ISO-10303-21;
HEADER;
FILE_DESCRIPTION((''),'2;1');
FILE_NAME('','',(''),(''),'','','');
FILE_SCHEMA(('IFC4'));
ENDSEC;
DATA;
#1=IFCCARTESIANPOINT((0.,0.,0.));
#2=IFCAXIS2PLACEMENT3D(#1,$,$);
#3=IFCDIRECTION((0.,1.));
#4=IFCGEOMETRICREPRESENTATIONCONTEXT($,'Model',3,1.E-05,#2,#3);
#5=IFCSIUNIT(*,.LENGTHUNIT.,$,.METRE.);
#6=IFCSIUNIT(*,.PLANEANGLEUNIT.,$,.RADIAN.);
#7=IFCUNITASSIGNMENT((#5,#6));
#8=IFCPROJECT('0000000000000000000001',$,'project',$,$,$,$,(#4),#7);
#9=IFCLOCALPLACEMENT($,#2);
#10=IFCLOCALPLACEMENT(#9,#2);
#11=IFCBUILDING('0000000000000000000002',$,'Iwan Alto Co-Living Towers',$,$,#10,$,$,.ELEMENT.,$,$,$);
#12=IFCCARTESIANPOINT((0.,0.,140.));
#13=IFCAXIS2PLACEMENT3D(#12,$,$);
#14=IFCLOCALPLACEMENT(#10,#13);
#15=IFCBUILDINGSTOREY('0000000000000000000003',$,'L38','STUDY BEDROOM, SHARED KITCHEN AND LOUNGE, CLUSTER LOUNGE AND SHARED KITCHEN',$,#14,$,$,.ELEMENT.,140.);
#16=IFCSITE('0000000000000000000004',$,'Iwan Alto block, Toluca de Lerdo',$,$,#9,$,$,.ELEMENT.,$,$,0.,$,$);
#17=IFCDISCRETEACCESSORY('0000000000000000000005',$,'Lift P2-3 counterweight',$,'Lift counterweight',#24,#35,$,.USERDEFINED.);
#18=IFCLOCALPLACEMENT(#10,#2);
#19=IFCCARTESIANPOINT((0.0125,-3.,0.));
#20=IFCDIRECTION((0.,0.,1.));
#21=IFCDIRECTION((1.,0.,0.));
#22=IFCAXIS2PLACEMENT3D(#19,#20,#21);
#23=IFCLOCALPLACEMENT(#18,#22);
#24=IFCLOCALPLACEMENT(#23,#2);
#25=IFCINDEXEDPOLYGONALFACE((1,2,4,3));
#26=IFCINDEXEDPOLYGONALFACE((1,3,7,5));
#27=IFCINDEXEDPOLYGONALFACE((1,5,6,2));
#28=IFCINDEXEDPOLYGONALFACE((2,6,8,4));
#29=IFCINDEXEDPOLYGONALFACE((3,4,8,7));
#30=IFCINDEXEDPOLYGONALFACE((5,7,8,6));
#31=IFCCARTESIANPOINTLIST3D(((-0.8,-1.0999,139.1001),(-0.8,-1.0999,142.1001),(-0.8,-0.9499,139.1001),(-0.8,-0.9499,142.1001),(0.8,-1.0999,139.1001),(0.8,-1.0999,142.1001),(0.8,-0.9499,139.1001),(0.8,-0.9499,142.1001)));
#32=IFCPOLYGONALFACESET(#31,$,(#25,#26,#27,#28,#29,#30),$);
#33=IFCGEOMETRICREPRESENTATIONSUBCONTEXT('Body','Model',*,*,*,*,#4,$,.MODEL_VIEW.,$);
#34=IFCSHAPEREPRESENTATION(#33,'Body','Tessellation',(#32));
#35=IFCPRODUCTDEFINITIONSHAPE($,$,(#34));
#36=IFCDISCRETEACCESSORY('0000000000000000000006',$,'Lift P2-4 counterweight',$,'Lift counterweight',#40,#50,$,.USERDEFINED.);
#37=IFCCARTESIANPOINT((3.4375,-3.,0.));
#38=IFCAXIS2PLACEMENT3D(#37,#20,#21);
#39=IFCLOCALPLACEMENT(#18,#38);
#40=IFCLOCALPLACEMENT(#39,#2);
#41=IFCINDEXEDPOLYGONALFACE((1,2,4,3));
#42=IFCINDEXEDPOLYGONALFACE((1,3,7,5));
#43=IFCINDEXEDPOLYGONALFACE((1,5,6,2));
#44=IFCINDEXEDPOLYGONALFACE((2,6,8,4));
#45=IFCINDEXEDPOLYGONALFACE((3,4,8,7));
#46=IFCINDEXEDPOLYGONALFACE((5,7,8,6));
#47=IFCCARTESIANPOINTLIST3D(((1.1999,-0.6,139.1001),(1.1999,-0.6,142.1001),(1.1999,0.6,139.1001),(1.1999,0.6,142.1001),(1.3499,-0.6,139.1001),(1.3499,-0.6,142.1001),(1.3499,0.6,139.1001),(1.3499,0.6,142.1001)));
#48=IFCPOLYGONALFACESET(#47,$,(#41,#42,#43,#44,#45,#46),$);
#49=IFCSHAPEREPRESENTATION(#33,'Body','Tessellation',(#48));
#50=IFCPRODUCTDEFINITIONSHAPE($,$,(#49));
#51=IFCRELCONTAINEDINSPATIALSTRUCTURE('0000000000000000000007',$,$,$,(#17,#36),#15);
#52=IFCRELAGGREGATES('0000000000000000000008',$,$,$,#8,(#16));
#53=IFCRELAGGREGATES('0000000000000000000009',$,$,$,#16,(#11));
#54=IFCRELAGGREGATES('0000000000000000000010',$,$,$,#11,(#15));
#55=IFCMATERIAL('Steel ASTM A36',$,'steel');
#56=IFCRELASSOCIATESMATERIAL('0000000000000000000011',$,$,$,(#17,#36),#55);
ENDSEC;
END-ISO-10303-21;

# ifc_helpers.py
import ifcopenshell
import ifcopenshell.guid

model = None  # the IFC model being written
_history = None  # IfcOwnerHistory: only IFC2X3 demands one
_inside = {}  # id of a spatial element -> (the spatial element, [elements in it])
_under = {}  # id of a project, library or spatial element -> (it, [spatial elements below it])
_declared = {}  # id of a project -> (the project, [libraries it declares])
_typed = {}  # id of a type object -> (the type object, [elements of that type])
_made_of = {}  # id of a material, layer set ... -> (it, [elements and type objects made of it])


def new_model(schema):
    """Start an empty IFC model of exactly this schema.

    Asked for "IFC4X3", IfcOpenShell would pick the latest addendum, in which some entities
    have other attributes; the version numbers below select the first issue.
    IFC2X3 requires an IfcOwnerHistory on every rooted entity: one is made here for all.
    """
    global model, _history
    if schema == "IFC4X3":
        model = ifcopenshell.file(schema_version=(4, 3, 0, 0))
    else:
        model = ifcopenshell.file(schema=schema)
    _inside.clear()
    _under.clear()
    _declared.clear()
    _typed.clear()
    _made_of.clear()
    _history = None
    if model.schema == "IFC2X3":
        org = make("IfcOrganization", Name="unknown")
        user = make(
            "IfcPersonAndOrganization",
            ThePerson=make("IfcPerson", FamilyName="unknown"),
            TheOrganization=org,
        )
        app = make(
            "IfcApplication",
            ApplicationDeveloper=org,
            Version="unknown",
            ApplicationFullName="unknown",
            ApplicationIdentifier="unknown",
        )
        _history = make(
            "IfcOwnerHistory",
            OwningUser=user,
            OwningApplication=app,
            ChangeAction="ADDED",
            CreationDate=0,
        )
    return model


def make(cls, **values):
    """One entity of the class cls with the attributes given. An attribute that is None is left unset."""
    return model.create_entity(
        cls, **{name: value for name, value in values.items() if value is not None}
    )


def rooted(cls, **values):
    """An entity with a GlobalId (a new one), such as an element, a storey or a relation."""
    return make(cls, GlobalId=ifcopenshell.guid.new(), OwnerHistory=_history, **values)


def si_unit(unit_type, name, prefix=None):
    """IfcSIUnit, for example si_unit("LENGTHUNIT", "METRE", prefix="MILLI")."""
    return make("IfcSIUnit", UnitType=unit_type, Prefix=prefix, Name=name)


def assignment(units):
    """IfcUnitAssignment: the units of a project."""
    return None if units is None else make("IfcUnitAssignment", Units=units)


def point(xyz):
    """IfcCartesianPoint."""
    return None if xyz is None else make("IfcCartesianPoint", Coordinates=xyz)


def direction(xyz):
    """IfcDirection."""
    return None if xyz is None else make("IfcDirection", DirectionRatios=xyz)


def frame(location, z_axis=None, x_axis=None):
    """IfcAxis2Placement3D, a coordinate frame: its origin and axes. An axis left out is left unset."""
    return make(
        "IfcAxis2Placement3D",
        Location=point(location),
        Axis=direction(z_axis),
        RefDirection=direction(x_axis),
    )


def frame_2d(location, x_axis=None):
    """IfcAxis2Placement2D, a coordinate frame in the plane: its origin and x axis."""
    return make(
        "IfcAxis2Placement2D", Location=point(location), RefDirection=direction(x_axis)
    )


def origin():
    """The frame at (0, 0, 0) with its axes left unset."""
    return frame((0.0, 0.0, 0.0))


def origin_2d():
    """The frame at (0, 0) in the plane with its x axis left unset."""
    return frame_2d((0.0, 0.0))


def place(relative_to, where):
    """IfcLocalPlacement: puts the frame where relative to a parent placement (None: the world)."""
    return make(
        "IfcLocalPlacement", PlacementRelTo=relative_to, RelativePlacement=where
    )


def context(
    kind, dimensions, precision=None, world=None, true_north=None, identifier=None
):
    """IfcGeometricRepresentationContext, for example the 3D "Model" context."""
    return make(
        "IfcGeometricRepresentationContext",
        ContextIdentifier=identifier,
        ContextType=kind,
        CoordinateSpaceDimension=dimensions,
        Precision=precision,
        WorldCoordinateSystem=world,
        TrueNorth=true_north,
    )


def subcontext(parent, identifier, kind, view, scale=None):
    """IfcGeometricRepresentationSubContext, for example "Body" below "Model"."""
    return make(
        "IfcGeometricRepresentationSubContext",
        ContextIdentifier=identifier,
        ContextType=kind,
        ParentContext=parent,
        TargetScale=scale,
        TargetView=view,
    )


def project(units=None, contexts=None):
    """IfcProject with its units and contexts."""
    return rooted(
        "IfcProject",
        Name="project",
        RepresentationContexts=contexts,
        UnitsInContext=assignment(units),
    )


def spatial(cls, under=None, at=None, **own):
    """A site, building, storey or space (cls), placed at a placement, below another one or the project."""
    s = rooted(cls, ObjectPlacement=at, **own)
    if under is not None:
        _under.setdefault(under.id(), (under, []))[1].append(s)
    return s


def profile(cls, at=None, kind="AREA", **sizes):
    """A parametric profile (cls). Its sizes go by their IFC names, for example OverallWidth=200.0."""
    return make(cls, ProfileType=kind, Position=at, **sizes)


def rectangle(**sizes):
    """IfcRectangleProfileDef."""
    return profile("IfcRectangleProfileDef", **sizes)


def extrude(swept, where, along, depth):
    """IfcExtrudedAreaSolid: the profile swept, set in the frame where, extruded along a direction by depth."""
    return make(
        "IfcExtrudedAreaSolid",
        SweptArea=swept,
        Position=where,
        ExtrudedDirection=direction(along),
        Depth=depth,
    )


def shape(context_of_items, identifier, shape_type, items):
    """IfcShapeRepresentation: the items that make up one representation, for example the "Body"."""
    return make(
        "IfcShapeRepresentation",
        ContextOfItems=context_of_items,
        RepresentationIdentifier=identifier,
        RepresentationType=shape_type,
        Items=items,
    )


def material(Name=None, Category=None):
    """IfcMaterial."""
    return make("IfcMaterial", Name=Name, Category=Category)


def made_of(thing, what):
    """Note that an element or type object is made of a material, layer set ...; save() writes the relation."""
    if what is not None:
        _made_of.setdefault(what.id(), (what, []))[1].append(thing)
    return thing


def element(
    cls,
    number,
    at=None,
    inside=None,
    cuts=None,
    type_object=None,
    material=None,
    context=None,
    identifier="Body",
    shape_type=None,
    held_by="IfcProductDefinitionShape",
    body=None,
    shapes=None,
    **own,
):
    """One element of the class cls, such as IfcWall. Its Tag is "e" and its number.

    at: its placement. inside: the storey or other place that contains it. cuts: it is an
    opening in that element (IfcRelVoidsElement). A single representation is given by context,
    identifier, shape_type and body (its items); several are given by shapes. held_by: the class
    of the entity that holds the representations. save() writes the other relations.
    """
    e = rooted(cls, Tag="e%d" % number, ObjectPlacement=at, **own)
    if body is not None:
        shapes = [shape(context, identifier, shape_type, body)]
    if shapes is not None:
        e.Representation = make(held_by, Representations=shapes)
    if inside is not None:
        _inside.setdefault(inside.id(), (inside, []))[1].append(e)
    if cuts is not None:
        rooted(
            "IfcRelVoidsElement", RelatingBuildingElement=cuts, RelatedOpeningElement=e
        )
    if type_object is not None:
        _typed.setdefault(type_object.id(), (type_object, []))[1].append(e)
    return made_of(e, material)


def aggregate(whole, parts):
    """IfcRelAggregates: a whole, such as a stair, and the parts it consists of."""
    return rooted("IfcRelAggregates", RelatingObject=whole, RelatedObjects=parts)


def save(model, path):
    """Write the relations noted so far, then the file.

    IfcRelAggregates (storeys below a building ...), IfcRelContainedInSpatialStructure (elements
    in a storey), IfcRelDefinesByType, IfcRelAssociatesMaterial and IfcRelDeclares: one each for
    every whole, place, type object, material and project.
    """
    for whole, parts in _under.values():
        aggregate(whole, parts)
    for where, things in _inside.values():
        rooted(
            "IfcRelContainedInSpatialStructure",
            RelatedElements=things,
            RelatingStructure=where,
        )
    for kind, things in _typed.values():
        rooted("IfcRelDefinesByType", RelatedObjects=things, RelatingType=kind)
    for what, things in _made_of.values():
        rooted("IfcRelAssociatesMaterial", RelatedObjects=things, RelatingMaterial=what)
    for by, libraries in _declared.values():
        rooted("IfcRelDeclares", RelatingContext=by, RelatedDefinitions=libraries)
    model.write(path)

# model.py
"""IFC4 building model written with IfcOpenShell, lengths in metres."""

from ifc_helpers import new_model, si_unit, direction, frame, origin, origin_2d, place, context, subcontext, project, spatial, rectangle, extrude, material, element, save


model = new_model("IFC4")

# Units and contexts
model_context = context("Model", 3, precision=1e-05, world=origin(), true_north=direction((0.0, 1.0)))
body_context = subcontext(model_context, "Body", "Model", "MODEL_VIEW")
ifc_project = project(units=[si_unit("LENGTHUNIT", "METRE"), si_unit("PLANEANGLEUNIT", "RADIAN")], contexts=[model_context])

# Site, building, storey
site_placement = place(None, origin())
site = spatial("IfcSite", under=ifc_project, at=site_placement, Name="Iwan Alto block, Toluca de Lerdo", CompositionType="ELEMENT", RefElevation=0.0)
building_placement = place(site_placement, origin())
building = spatial("IfcBuilding", under=site, at=building_placement, Name="Iwan Alto Co-Living Towers", CompositionType="ELEMENT")
storey_placement = place(building_placement, frame((0.0, 0.0, 140.0)))
storey = spatial("IfcBuildingStorey", under=building, at=storey_placement, Name="L38", Description="STUDY BEDROOM, SHARED KITCHEN AND LOUNGE, CLUSTER LOUNGE AND SHARED KITCHEN", CompositionType="ELEMENT", Elevation=140.0)

# Discrete accessories
ifc_material_1 = material(Name="Steel ASTM A36", Category="steel")
placement_1 = place(building_placement, origin())
placement_2 = place(placement_1, frame((0.0125, -3.0, 0.0), z_axis=(0.0, 0.0, 1.0), x_axis=(1.0, 0.0, 0.0)))
discrete_accessory_1_placement = place(placement_2, origin())
element("IfcDiscreteAccessory", 1, at=discrete_accessory_1_placement, inside=storey, material=ifc_material_1, Name="Lift P2-3 counterweight", ObjectType="Lift counterweight", PredefinedType="USERDEFINED", context=body_context, shape_type="SweptSolid", body=[
    extrude(rectangle(XDim=1.6, YDim=0.15, at=origin_2d()), frame((0.0, -1.0249, 139.1001)), (0.0, 0.0, 1.0), 3.0),
])
placement_3 = place(placement_1, frame((3.4375, -3.0, 0.0), z_axis=(0.0, 0.0, 1.0), x_axis=(1.0, 0.0, 0.0)))
discrete_accessory_2_placement = place(placement_3, origin())
element("IfcDiscreteAccessory", 2, at=discrete_accessory_2_placement, inside=storey, material=ifc_material_1, Name="Lift P2-4 counterweight", ObjectType="Lift counterweight", PredefinedType="USERDEFINED", context=body_context, shape_type="SweptSolid", body=[
    extrude(rectangle(XDim=0.15, YDim=1.2, at=origin_2d()), frame((1.2749, 0.0, 139.1001)), (0.0, 0.0, 1.0), 3.0),
])

save(model, "model.ifc")
